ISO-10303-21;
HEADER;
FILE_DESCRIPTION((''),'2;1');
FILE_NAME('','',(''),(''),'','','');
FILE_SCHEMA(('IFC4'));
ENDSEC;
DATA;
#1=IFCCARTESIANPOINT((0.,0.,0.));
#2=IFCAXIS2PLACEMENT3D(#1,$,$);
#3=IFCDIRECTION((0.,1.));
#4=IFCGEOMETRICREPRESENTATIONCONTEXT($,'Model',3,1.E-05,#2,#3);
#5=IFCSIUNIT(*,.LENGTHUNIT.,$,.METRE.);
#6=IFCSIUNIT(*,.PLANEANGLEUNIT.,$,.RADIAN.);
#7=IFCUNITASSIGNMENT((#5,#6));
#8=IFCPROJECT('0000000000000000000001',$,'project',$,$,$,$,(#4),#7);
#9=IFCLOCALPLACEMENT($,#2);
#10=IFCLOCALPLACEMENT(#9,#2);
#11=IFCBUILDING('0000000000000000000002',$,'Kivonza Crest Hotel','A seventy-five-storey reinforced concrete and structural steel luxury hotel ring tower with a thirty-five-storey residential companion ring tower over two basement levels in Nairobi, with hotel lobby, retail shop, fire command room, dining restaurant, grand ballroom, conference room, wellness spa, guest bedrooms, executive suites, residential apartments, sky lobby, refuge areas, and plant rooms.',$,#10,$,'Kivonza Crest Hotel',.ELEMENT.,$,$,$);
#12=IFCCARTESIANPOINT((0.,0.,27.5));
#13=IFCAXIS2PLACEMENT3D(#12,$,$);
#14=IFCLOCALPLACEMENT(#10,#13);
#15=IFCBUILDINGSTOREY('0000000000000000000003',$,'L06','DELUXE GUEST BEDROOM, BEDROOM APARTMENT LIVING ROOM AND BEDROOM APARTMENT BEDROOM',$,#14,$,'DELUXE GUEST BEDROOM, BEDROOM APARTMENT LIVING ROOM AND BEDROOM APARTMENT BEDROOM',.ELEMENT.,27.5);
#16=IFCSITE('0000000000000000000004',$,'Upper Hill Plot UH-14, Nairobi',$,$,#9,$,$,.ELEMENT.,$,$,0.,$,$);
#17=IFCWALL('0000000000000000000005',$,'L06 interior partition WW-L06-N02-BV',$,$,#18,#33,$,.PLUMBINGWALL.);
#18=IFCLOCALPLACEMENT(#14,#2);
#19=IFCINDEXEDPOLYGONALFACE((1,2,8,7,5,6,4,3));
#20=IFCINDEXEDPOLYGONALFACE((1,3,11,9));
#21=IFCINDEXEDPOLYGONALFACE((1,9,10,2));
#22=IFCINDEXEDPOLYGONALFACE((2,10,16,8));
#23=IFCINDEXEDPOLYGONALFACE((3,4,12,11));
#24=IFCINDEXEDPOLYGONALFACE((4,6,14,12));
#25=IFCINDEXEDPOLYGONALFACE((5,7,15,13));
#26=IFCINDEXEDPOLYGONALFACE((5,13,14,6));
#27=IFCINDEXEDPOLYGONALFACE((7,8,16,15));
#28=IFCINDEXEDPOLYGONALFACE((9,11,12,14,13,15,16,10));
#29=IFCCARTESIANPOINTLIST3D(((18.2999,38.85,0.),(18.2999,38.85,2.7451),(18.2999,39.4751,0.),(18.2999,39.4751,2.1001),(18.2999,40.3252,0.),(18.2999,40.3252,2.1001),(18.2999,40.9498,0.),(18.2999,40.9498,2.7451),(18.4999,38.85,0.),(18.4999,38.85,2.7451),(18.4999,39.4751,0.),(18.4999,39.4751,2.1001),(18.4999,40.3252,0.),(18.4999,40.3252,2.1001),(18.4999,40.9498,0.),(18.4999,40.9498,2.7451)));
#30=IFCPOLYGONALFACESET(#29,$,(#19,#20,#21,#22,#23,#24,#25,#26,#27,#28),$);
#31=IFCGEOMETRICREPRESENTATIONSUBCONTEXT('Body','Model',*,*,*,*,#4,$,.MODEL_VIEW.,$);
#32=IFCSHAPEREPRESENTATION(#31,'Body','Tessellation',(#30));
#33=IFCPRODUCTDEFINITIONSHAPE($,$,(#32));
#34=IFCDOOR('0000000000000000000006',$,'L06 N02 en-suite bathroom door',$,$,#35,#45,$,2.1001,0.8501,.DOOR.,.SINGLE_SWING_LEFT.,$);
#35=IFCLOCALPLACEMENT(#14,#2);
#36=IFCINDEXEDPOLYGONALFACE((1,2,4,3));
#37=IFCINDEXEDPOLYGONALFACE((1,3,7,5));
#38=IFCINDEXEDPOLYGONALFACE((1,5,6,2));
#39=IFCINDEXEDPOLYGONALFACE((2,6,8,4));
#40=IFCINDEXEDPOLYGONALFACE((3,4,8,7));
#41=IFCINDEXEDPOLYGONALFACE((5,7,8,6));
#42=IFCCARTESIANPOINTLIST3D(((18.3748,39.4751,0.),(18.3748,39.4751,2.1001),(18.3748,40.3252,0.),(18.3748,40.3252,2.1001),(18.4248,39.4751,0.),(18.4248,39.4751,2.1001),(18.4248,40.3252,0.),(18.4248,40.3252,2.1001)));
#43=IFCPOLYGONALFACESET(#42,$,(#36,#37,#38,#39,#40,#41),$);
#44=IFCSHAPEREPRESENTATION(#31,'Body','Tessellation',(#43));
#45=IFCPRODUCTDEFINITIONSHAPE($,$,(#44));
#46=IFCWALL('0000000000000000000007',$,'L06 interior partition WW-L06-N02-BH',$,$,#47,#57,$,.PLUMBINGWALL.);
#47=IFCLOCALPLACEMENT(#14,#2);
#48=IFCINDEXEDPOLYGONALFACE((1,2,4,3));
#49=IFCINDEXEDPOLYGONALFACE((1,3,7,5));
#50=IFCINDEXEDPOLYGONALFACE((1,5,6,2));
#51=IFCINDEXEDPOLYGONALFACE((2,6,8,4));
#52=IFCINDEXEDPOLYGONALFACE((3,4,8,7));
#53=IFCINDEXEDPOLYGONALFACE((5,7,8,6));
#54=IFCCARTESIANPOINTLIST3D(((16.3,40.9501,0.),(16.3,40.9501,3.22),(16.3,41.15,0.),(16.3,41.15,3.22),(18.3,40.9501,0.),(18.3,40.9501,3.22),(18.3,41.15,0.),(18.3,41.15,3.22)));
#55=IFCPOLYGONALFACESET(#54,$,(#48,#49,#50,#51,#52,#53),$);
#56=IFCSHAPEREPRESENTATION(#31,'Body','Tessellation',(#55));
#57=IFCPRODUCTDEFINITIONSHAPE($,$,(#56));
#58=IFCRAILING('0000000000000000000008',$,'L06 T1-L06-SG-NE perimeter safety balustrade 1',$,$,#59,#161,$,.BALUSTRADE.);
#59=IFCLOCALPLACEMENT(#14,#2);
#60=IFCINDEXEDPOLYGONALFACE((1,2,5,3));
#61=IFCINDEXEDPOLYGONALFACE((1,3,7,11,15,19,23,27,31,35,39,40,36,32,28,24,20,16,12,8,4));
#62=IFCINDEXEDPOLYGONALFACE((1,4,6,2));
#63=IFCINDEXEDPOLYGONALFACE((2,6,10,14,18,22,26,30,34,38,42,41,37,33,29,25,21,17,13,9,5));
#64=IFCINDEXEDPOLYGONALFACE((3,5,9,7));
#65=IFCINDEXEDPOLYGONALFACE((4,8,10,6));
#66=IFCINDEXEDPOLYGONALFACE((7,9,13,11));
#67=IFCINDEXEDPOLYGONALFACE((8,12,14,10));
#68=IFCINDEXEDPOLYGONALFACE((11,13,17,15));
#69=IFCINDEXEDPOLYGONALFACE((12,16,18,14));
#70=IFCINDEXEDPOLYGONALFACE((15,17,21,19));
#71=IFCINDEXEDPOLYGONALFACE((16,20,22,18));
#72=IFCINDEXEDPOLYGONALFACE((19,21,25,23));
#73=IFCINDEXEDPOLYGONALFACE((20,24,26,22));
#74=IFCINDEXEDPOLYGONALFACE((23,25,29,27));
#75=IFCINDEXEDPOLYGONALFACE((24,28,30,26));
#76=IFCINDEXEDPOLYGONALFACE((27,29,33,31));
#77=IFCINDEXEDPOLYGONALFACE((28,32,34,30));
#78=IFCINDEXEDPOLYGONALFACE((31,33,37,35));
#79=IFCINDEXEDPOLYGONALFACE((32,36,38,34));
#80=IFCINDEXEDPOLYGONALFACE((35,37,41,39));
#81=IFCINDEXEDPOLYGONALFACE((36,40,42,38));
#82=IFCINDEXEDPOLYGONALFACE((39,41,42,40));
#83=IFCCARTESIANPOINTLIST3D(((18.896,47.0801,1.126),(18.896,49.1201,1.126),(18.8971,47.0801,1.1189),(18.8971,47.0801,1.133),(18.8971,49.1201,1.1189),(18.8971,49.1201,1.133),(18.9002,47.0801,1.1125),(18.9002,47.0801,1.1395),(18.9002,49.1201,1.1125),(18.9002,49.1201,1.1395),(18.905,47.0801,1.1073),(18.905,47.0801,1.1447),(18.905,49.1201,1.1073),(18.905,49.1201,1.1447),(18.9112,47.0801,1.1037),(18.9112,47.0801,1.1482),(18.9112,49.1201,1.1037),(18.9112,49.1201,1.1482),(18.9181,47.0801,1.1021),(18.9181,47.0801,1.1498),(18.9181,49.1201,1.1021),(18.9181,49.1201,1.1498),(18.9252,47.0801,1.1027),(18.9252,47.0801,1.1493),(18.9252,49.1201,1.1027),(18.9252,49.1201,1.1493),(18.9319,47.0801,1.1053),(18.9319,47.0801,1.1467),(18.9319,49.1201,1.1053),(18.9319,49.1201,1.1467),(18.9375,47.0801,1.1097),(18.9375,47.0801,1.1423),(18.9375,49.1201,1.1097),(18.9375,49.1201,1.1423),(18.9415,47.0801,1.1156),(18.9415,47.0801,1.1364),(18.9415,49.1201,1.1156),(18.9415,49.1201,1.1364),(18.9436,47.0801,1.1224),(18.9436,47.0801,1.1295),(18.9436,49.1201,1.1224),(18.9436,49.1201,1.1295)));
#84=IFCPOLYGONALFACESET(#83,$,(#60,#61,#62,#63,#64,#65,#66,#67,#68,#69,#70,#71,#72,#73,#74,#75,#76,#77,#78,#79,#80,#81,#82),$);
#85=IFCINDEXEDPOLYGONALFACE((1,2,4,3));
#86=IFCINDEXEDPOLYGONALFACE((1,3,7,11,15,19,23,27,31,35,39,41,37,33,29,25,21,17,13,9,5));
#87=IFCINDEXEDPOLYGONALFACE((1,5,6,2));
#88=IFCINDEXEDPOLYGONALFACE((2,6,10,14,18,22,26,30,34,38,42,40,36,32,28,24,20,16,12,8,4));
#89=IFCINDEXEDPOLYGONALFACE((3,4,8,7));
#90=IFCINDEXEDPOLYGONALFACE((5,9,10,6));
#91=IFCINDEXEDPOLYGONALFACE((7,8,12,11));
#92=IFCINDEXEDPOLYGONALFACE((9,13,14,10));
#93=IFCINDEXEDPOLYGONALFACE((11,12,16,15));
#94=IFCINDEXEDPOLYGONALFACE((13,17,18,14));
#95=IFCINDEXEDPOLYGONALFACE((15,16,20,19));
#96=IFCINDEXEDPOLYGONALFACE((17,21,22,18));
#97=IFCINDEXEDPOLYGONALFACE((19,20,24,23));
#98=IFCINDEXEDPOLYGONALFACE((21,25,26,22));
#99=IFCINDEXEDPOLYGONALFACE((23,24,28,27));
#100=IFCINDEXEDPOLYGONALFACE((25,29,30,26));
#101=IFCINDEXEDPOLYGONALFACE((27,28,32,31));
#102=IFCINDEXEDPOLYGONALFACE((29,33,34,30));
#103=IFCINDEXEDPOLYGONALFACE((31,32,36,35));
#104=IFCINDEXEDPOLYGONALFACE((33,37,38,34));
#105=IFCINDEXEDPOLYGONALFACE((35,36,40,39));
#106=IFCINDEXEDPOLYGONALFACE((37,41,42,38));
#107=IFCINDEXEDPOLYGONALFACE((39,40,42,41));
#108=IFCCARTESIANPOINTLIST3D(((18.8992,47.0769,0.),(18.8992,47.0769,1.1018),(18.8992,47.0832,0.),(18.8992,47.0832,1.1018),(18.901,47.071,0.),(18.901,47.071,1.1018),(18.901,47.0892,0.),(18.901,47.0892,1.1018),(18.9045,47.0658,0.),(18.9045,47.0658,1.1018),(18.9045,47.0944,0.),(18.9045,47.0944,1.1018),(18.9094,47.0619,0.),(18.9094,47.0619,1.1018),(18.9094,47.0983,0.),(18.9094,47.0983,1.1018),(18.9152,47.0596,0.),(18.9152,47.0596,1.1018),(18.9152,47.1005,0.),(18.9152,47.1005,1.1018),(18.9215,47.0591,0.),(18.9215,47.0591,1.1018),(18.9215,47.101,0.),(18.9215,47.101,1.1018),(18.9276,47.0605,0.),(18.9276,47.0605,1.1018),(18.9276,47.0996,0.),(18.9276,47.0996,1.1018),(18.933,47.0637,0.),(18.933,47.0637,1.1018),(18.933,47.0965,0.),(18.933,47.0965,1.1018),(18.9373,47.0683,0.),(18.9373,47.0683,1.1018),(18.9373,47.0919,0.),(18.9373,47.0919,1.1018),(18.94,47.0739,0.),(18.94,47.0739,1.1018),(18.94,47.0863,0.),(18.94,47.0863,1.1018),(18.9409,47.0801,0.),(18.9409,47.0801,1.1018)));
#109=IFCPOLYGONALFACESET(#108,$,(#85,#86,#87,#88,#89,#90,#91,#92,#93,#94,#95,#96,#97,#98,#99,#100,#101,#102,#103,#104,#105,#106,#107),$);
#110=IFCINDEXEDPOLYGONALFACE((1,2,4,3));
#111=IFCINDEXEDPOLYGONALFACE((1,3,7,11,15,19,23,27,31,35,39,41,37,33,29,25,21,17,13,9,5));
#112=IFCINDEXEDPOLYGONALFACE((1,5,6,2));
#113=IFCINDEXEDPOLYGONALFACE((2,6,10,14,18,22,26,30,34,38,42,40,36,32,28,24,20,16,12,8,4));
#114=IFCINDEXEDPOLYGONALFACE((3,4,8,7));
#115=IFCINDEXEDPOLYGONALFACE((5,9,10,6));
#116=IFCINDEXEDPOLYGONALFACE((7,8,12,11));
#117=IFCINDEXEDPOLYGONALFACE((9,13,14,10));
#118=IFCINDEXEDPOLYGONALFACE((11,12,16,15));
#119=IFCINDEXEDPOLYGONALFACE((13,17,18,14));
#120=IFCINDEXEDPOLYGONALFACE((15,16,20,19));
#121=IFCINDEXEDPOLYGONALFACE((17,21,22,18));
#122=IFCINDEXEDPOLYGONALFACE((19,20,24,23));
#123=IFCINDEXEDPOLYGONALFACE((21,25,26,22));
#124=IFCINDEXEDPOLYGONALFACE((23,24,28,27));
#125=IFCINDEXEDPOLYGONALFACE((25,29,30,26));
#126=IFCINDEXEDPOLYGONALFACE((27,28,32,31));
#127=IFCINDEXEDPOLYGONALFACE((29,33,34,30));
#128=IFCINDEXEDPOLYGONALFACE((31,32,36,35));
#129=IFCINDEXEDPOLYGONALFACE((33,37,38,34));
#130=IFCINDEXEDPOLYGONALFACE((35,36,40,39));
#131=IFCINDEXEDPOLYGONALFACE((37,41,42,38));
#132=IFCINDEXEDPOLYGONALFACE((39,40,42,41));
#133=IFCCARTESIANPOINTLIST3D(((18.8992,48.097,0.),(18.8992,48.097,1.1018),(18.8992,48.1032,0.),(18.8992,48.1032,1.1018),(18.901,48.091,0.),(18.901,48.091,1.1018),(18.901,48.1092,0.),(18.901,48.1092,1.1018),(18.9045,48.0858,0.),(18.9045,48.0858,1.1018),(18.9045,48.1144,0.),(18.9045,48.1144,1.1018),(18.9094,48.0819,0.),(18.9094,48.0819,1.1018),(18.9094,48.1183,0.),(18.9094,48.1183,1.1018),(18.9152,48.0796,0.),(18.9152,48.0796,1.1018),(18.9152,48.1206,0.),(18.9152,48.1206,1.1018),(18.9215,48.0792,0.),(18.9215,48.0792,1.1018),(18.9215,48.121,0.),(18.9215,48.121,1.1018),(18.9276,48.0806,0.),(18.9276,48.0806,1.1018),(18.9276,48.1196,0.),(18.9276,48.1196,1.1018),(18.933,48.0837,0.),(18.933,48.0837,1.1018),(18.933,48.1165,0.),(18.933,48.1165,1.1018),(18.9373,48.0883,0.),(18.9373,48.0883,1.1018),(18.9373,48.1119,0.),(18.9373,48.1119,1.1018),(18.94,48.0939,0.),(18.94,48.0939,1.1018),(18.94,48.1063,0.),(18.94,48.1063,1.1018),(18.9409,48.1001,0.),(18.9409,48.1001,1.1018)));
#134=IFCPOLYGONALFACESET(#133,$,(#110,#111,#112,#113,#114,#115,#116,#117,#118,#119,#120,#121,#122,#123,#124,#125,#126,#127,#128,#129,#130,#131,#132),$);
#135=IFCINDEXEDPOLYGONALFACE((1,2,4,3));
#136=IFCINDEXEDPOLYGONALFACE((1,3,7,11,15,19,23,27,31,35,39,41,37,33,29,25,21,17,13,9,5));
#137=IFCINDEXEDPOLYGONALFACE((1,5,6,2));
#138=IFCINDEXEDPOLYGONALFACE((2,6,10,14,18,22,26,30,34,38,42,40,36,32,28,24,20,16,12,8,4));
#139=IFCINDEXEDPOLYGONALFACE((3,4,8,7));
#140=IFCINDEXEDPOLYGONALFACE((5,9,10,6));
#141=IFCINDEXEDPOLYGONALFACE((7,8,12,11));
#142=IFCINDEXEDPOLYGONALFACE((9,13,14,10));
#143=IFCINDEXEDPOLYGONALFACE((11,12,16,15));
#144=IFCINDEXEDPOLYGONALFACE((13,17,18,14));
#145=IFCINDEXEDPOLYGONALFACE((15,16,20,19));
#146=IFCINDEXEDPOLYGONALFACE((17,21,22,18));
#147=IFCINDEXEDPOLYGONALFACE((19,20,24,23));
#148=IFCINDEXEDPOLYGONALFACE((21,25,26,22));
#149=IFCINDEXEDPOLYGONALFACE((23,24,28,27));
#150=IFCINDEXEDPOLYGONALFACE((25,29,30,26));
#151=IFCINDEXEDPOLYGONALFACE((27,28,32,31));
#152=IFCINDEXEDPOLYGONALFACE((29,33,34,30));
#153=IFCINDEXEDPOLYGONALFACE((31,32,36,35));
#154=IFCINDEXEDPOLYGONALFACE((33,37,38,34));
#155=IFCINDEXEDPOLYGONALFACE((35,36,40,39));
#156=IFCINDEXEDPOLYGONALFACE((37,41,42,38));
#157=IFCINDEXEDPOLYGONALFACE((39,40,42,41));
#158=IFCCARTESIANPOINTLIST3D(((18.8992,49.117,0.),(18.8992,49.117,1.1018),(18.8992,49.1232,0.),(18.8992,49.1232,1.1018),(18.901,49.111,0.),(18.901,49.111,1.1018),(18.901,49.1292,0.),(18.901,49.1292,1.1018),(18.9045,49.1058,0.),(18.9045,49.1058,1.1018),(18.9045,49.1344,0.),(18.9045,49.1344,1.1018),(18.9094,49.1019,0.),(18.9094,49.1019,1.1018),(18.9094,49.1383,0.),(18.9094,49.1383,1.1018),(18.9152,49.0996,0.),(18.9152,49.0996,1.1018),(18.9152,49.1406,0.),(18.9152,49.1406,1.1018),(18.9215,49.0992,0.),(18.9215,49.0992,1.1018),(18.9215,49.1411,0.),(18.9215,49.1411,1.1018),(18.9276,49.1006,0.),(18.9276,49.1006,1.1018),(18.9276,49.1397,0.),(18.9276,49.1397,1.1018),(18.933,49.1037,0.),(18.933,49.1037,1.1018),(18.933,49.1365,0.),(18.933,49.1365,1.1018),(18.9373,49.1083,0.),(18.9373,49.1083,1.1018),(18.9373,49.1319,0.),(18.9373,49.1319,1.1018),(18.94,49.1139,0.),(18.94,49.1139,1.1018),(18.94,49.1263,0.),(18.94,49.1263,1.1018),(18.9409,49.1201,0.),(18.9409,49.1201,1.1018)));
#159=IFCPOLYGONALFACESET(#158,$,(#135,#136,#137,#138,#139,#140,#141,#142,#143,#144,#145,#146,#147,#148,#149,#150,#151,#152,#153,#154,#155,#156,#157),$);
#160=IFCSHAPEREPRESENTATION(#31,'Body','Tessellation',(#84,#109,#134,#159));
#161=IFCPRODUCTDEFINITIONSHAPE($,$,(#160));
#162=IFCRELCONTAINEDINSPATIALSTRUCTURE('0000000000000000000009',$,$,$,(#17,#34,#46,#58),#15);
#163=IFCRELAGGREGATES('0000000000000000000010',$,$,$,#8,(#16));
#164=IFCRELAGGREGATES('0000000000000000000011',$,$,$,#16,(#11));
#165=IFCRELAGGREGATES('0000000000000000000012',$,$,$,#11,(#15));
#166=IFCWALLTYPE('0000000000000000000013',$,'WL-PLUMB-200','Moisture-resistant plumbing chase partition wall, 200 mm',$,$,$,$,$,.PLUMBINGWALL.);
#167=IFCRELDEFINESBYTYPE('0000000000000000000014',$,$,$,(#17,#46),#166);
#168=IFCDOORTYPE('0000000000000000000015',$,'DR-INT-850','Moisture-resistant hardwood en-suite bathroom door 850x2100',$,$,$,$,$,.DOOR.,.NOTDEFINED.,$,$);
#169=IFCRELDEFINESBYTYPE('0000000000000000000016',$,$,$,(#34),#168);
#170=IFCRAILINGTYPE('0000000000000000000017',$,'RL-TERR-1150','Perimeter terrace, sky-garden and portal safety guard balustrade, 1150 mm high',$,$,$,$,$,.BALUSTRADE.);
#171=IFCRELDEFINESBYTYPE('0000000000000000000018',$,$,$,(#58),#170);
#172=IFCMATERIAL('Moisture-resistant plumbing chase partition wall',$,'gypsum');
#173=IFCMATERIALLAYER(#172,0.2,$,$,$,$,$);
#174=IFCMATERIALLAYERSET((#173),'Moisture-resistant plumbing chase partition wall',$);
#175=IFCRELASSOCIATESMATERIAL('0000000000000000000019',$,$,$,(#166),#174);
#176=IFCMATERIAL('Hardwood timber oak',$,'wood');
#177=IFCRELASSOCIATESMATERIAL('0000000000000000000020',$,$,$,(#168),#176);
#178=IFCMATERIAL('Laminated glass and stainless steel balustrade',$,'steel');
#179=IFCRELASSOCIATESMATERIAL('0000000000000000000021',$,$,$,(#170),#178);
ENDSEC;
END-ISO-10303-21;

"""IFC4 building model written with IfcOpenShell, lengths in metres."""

from ifc_helpers import new_model, si_unit, direction, frame, frame_2d, origin, origin_2d, place, context, subcontext, project, spatial, rectangle, circle, extrude, material, layer, layer_set, type_object, element, fill, save


model = new_model("IFC4")

# Units and contexts
model_context = context("Model", 3, precision=1e-05, world=origin(), true_north=direction((0.0, 1.0)))
body_context = subcontext(model_context, "Body", "Model", "MODEL_VIEW")
ifc_project = project(units=[si_unit("LENGTHUNIT", "METRE"), si_unit("PLANEANGLEUNIT", "RADIAN")], contexts=[model_context])

# Site, building, storey
site_placement = place(None, origin())
site = spatial("IfcSite", under=ifc_project, at=site_placement, Name="Upper Hill Plot UH-14, Nairobi", CompositionType="ELEMENT", RefElevation=0.0)
building_placement = place(site_placement, origin())
building = spatial("IfcBuilding", under=site, at=building_placement, Name="Kivonza Crest Hotel", Description="A seventy-five-storey reinforced concrete and structural steel luxury hotel ring tower with a thirty-five-storey residential companion ring tower over two basement levels in Nairobi, with hotel lobby, retail shop, fire command room, dining restaurant, grand ballroom, conference room, wellness spa, guest bedrooms, executive suites, residential apartments, sky lobby, refuge areas, and plant rooms.", LongName="Kivonza Crest Hotel", CompositionType="ELEMENT")
storey_placement = place(building_placement, frame((0.0, 0.0, 27.5)))
storey = spatial("IfcBuildingStorey", under=building, at=storey_placement, Name="L06", Description="DELUXE GUEST BEDROOM, BEDROOM APARTMENT LIVING ROOM AND BEDROOM APARTMENT BEDROOM", LongName="DELUXE GUEST BEDROOM, BEDROOM APARTMENT LIVING ROOM AND BEDROOM APARTMENT BEDROOM", CompositionType="ELEMENT", Elevation=27.5)

# Shared definitions
ifc_material_1 = material(Name="Hardwood timber oak", Category="wood")

# Wall, opening, door
ifc_material_2 = material(Name="Moisture-resistant plumbing chase partition wall", Category="gypsum")
ifc_layer_1 = layer(ifc_material_2, 0.2)
ifc_layer_set_1 = layer_set([ifc_layer_1], Name="Moisture-resistant plumbing chase partition wall")
wall_type_1 = type_object("IfcWallType", Name="WL-PLUMB-200", Description="Moisture-resistant plumbing chase partition wall, 200 mm", PredefinedType="PLUMBINGWALL", material=ifc_layer_set_1)
wall_1_placement = place(storey_placement, frame((18.3999, 38.8501, 0.0), z_axis=(0.0, 0.0, 1.0), x_axis=(0.0, 1.0, 0.0)))
wall_1 = element("IfcWall", 1, at=wall_1_placement, inside=storey, type_object=wall_type_1, Name="L06 interior partition WW-L06-N02-BV", PredefinedType="PLUMBINGWALL", context=body_context, shape_type="SweptSolid", body=[
    extrude(rectangle(XDim=2.0999, YDim=0.2, at=frame_2d((1.0498, 0.0))), origin(), (0.0, 0.0, 1.0), 2.7451),
])
opening_1_placement = place(wall_1_placement, frame((0.625, 0.0, 0.0)))
opening_1 = element("IfcOpeningElement", 2, at=opening_1_placement, cuts=wall_1, PredefinedType="OPENING", context=body_context, shape_type="SweptSolid", body=[
    extrude(rectangle(XDim=0.8501, YDim=2.1001, at=frame_2d((0.425, 1.05))), frame((0.0, 0.1099, 0.0), z_axis=(0.0, -1.0, 0.0), x_axis=(1.0, 0.0, 0.0)), (0.0, 0.0, 1.0), 0.22),
])
door_type_1 = type_object("IfcDoorType", Name="DR-INT-850", Description="Moisture-resistant hardwood en-suite bathroom door 850x2100", OperationType="NOTDEFINED", PredefinedType="DOOR", material=ifc_material_1)
door_1_placement = place(opening_1_placement, frame((0.8501, 0.0, 0.0), z_axis=(0.0, 0.0, 1.0), x_axis=(-1.0, 0.0, 0.0)))
door_1 = element("IfcDoor", 3, at=door_1_placement, inside=storey, type_object=door_type_1, Name="L06 N02 en-suite bathroom door", OperationType="SINGLE_SWING_LEFT", OverallHeight=2.1001, OverallWidth=0.8501, PredefinedType="DOOR", context=body_context, shape_type="SweptSolid", body=[
    extrude(rectangle(XDim=0.8501, YDim=2.1001, at=frame_2d((0.425, 1.05))), frame((0.0, 0.0249, 0.0), z_axis=(0.0, -1.0, 0.0), x_axis=(1.0, 0.0, 0.0)), (0.0, 0.0, 1.0), 0.05),
])
fill(opening_1, door_1)

# Wall
wall_2_placement = place(storey_placement, frame((16.3, 41.05, 0.0), z_axis=(0.0, 0.0, 1.0), x_axis=(1.0, 0.0, 0.0)))
element("IfcWall", 4, at=wall_2_placement, inside=storey, type_object=wall_type_1, Name="L06 interior partition WW-L06-N02-BH", PredefinedType="PLUMBINGWALL", context=body_context, shape_type="SweptSolid", body=[
    extrude(rectangle(XDim=2.0, YDim=0.2, at=frame_2d((1.0, 0.0))), origin(), (0.0, 0.0, 1.0), 3.22),
])

# Railing
ifc_material_3 = material(Name="Laminated glass and stainless steel balustrade", Category="steel")
railing_type = type_object("IfcRailingType", Name="RL-TERR-1150", Description="Perimeter terrace, sky-garden and portal safety guard balustrade, 1150 mm high", PredefinedType="BALUSTRADE", material=ifc_material_3)
railing_1_placement = place(storey_placement, frame((18.9199, 47.0801, 0.0)))
element("IfcRailing", 5, at=railing_1_placement, inside=storey, type_object=railing_type, Name="L06 T1-L06-SG-NE perimeter safety balustrade 1", PredefinedType="BALUSTRADE", context=body_context, shape_type="SweptSolid", body=[
    extrude(circle(Radius=0.0239, at=origin_2d()), frame((0.0, 0.0, 1.126), z_axis=(0.0, 1.0, 0.0), x_axis=(-1.0, 0.0, 0.0)), (0.0, 0.0, 1.0), 2.04),
    extrude(circle(Radius=0.021, at=origin_2d()), origin(), (0.0, 0.0, 1.0), 1.1018),
    extrude(circle(Radius=0.021, at=origin_2d()), frame((0.0, 1.02, 0.0)), (0.0, 0.0, 1.0), 1.1018),
    extrude(circle(Radius=0.021, at=origin_2d()), frame((0.0, 2.04, 0.0)), (0.0, 0.0, 1.0), 1.1018),
])

save(model, "model.ifc")
